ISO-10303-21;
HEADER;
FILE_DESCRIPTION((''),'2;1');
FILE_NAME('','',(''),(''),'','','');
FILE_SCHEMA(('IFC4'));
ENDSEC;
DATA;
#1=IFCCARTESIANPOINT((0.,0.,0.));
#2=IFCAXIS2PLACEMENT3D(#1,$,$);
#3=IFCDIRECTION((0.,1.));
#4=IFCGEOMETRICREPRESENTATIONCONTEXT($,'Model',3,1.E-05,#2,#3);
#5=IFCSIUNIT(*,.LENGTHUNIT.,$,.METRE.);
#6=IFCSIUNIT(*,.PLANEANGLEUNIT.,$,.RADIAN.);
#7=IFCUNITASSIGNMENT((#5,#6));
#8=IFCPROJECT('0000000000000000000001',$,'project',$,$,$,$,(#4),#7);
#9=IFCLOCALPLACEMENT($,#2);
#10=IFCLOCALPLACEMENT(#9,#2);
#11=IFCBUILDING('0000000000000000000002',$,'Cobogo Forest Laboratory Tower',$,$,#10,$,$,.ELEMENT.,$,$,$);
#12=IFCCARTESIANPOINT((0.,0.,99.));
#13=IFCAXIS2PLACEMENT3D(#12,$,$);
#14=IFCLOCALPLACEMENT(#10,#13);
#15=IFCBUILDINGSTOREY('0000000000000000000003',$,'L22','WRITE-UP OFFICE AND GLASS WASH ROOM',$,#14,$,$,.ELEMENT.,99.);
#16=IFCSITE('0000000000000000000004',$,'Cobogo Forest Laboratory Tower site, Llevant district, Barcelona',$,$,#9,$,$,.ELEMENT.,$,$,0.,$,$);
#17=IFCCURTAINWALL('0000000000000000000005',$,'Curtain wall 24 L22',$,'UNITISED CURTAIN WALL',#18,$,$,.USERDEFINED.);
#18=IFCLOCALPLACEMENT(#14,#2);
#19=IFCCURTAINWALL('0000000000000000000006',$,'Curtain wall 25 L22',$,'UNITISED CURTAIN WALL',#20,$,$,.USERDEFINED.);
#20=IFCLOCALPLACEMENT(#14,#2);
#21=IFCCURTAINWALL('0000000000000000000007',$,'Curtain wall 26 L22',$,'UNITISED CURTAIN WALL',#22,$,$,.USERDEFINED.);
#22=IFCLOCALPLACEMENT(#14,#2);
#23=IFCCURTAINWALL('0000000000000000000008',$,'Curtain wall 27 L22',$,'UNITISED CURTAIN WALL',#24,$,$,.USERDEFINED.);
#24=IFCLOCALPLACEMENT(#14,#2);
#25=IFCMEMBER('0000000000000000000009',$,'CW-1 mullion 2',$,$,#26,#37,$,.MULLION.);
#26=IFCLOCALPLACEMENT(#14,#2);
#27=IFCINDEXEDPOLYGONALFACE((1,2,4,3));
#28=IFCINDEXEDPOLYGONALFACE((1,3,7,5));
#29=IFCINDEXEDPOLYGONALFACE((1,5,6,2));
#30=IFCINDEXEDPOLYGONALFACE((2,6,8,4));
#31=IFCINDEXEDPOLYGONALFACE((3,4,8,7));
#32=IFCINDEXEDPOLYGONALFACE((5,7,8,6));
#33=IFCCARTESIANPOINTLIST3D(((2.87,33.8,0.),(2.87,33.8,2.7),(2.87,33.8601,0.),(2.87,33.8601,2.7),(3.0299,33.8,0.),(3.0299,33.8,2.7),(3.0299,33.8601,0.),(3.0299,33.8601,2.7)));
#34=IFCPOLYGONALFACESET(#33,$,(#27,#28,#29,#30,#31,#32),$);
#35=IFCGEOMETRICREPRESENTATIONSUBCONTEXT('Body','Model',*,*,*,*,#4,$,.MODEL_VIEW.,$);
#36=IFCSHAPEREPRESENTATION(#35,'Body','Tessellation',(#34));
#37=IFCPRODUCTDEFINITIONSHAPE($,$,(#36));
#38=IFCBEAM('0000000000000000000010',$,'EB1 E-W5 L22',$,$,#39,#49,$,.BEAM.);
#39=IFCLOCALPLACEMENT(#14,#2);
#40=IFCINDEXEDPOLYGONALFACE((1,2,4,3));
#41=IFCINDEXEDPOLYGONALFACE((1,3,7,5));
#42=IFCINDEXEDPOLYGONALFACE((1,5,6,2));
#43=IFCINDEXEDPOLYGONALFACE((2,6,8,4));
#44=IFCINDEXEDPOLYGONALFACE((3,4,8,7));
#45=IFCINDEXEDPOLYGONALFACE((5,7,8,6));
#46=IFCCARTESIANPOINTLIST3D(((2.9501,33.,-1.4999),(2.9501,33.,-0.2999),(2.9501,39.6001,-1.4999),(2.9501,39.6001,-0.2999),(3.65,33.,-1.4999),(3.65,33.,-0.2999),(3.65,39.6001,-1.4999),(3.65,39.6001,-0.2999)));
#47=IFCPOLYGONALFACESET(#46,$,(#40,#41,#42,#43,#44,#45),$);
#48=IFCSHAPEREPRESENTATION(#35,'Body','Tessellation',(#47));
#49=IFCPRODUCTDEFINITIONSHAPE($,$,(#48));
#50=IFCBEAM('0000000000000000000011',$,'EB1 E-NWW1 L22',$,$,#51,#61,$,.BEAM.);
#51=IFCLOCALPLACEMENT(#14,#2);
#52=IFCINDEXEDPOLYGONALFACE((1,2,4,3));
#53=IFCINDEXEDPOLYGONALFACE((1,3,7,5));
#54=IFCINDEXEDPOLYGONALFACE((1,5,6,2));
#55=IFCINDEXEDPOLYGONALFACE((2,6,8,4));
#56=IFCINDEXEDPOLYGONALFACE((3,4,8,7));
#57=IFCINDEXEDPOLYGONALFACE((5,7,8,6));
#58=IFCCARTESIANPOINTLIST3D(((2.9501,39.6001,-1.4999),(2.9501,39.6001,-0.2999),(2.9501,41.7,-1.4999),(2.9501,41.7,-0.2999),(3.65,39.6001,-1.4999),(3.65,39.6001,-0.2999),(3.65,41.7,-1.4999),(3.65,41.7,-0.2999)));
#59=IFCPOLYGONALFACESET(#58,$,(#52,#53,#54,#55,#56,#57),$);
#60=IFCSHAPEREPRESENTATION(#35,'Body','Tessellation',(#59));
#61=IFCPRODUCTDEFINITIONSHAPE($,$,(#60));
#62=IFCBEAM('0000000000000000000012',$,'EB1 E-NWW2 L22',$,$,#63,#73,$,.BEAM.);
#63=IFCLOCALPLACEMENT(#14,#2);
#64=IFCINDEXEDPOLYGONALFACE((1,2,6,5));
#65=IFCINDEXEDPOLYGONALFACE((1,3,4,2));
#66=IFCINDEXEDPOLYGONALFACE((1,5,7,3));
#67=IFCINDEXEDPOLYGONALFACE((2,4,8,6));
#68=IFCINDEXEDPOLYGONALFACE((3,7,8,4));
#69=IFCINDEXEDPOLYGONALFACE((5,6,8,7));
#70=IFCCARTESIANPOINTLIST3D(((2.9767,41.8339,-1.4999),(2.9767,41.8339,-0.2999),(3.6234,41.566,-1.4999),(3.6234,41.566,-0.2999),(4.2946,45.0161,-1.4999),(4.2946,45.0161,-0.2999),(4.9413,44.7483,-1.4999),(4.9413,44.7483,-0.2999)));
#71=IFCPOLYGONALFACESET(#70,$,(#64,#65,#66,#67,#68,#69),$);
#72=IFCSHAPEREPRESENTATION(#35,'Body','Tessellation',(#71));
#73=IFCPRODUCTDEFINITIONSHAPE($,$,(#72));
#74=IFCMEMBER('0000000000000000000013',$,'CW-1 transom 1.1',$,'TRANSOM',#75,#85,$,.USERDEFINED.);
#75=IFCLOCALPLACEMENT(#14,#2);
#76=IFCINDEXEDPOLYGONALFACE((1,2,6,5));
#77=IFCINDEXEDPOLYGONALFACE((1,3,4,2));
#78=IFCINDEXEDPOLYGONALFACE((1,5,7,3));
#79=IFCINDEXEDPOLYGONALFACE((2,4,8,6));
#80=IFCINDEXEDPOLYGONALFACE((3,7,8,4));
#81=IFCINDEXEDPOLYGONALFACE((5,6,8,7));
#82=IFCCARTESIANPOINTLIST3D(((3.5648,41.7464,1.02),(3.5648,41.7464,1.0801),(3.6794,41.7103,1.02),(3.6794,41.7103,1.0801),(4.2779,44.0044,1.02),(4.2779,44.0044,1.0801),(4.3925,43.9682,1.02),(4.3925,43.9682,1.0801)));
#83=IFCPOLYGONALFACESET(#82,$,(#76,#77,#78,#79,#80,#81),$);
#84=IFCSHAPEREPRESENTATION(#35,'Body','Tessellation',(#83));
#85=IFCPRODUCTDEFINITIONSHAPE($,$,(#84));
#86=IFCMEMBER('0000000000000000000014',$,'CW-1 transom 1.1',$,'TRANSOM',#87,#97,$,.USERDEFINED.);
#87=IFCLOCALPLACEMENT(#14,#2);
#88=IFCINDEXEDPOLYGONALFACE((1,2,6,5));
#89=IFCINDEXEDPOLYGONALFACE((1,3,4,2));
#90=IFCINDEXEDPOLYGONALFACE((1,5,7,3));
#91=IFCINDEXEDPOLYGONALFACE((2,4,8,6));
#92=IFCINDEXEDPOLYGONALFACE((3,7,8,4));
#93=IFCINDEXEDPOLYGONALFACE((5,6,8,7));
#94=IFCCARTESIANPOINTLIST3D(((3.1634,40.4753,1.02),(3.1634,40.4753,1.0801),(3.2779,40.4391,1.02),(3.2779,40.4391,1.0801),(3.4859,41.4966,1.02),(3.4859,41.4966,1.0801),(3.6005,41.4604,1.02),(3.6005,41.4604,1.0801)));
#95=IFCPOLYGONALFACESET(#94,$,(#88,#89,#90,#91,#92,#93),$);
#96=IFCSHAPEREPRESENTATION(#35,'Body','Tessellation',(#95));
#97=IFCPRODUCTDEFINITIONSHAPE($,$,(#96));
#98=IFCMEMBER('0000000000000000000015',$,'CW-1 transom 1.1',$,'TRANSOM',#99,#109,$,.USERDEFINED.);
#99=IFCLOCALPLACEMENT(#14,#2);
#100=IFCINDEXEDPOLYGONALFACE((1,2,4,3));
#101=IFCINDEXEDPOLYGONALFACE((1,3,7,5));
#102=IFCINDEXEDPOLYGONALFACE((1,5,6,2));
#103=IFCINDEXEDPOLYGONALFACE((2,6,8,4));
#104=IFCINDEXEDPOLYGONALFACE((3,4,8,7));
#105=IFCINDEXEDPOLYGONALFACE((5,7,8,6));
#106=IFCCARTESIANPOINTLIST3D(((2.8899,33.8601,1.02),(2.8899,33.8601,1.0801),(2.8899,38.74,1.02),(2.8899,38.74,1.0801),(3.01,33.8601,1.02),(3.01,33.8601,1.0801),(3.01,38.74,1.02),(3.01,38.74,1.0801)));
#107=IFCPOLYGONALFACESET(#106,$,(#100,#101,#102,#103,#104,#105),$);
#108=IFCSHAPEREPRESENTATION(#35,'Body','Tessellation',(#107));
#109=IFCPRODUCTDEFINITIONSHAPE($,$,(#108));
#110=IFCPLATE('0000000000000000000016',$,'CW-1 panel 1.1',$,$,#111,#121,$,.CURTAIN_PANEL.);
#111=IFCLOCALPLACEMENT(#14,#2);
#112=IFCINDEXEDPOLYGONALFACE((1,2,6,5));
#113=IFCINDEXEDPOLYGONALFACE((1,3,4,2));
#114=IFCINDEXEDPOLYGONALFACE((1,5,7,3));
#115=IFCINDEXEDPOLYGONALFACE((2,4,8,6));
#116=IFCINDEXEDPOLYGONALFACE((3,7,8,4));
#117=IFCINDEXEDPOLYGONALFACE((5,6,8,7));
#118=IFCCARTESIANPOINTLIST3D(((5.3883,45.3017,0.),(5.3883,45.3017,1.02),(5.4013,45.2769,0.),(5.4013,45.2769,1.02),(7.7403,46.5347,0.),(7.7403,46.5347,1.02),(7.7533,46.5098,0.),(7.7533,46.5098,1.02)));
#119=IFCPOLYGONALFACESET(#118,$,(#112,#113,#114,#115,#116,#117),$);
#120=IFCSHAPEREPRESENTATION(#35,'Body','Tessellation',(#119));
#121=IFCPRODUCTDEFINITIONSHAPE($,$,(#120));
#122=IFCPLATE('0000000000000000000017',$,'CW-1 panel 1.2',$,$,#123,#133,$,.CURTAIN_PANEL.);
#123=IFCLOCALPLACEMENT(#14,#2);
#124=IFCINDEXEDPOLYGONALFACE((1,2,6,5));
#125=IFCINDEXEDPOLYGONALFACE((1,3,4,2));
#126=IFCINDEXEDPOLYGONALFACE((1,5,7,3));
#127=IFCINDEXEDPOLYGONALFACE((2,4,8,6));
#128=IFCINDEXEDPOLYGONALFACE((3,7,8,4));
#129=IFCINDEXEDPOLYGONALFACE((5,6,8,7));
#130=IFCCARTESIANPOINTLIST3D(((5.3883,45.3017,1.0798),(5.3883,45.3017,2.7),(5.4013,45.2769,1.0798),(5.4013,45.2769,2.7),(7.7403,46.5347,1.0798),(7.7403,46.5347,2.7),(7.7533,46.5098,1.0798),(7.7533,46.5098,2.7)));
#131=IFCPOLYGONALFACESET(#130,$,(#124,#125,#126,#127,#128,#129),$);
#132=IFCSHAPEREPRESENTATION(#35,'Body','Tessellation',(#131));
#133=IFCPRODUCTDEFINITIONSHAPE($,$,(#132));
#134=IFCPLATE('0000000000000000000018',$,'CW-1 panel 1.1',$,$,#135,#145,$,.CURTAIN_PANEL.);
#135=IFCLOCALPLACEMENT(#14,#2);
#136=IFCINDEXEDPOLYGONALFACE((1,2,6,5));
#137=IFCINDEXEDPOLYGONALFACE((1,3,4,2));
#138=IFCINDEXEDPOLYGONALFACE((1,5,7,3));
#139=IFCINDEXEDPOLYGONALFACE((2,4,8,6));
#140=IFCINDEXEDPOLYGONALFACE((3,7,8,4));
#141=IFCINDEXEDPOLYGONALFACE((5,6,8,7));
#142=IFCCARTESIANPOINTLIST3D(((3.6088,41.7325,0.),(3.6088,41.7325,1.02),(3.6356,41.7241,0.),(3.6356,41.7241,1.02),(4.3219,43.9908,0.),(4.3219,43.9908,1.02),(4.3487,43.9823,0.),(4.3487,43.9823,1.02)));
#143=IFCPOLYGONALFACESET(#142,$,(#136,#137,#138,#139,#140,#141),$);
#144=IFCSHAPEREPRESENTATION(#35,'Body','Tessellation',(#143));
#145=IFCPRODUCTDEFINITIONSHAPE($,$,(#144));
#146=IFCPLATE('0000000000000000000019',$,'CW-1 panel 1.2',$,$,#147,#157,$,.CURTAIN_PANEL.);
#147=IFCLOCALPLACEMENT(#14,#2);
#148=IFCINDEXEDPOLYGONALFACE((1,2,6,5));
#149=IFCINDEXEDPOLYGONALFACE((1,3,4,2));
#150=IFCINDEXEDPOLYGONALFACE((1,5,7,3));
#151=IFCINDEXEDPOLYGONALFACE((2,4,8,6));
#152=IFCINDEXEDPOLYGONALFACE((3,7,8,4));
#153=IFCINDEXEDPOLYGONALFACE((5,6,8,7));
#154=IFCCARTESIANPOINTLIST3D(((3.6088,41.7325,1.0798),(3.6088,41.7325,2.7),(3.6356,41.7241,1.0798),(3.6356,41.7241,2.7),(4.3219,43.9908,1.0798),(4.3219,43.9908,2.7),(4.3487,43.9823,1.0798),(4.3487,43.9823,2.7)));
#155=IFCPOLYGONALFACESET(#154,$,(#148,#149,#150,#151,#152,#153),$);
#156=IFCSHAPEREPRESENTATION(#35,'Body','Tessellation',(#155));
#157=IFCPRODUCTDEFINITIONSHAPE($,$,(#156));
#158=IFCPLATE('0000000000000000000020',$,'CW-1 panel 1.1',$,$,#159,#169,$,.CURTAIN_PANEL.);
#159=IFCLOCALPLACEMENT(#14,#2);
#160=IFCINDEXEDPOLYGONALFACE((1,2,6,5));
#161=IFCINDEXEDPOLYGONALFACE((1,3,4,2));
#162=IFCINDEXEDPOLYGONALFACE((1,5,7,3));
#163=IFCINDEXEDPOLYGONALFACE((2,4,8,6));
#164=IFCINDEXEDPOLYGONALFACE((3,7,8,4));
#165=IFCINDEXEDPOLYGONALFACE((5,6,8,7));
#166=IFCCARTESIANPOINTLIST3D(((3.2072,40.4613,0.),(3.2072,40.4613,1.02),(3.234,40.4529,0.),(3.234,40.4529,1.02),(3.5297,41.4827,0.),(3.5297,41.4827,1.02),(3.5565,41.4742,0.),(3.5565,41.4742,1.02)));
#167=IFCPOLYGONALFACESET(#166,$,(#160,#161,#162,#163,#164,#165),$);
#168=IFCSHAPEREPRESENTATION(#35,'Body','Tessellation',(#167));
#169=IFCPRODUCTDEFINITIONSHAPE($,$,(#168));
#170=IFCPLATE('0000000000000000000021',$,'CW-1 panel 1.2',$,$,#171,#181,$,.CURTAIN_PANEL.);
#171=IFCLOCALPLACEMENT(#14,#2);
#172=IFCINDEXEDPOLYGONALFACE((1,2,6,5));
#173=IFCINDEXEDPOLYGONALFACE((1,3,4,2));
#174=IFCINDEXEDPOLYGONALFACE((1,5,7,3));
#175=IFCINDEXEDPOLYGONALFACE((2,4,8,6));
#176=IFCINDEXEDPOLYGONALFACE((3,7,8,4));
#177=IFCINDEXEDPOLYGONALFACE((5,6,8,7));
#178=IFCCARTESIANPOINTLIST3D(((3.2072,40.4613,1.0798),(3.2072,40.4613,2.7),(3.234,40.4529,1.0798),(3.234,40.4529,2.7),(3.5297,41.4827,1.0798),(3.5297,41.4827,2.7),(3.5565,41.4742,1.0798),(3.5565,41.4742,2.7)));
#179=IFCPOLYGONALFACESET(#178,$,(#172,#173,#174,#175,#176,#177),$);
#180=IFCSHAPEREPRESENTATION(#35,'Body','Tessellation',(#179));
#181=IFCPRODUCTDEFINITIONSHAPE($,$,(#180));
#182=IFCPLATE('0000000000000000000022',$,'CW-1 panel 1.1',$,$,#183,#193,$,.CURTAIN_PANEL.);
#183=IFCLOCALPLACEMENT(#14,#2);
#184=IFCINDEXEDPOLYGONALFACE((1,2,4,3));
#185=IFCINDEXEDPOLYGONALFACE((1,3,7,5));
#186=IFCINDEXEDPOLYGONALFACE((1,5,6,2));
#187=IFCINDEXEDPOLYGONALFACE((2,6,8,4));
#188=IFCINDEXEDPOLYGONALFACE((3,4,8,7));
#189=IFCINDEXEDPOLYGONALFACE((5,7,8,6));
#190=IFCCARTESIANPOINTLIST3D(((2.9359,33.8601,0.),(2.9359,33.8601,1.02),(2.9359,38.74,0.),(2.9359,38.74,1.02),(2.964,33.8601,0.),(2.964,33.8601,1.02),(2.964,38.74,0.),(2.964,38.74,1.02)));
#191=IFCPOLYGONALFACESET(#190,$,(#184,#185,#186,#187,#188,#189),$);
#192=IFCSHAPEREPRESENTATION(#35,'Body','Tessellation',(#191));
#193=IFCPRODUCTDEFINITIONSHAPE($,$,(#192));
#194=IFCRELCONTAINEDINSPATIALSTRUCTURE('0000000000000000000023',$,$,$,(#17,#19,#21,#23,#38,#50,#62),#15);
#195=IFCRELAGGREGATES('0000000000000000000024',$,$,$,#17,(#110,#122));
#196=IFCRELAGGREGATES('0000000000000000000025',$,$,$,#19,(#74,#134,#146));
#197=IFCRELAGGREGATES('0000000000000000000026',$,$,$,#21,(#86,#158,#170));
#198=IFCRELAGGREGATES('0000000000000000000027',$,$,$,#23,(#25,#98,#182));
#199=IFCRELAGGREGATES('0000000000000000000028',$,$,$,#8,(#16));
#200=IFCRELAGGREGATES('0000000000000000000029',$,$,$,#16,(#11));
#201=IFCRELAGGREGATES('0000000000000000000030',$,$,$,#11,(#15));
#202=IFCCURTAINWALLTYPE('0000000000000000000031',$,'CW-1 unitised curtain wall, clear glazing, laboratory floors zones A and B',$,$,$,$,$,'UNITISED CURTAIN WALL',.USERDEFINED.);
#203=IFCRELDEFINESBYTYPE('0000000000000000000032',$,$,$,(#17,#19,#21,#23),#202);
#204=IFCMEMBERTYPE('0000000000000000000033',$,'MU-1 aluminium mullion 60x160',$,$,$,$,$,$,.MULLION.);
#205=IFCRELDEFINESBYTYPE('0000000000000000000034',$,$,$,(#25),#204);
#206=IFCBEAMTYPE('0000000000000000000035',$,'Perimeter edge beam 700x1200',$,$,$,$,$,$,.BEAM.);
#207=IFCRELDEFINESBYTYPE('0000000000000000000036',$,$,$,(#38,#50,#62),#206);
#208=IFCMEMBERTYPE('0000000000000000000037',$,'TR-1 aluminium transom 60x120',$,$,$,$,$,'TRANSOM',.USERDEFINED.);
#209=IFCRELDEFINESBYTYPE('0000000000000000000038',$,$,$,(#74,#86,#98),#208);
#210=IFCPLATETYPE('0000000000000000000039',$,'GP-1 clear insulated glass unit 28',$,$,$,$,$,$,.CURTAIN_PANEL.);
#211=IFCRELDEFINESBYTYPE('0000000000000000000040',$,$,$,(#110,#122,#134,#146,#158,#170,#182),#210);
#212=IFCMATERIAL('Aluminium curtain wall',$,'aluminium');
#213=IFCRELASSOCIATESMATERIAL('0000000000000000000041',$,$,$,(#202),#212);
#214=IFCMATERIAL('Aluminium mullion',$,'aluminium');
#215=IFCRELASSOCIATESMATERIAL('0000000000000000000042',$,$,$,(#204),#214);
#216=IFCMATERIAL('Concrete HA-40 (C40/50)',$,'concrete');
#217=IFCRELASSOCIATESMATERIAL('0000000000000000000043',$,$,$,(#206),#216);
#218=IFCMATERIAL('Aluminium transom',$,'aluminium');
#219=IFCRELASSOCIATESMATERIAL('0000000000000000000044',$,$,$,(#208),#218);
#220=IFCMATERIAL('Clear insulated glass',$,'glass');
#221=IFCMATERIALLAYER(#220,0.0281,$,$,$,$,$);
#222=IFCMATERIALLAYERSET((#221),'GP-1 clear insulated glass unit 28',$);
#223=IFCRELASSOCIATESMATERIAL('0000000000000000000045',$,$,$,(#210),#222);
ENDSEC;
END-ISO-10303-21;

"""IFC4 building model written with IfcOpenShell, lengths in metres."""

from ifc_helpers import new_model, si_unit, direction, frame, origin, origin_2d, place, context, subcontext, project, spatial, rectangle, extrude, material, layer, layer_set, material_profile, profile_set, type_object, element, aggregate, save


model = new_model("IFC4")

# Units and contexts
model_context = context("Model", 3, precision=1e-05, world=origin(), true_north=direction((0.0, 1.0)))
body_context = subcontext(model_context, "Body", "Model", "MODEL_VIEW")
ifc_project = project(units=[si_unit("LENGTHUNIT", "METRE"), si_unit("PLANEANGLEUNIT", "RADIAN")], contexts=[model_context])

# Site, building, storey
site_placement = place(None, origin())
site = spatial("IfcSite", under=ifc_project, at=site_placement, Name="Cobogo Forest Laboratory Tower site, Llevant district, Barcelona", CompositionType="ELEMENT", RefElevation=0.0)
building_placement = place(site_placement, origin())
building = spatial("IfcBuilding", under=site, at=building_placement, Name="Cobogo Forest Laboratory Tower", CompositionType="ELEMENT")
storey_placement = place(building_placement, frame((0.0, 0.0, 99.0)))
storey = spatial("IfcBuildingStorey", under=building, at=storey_placement, Name="L22", Description="WRITE-UP OFFICE AND GLASS WASH ROOM", CompositionType="ELEMENT", Elevation=99.0)

# Shared definitions
ifc_material_1 = material(Name="Concrete HA-40 (C40/50)", Category="concrete")

# Curtain wall
ifc_material_2 = material(Name="Aluminium curtain wall", Category="aluminium")
curtain_wall_type = type_object("IfcCurtainWallType", Name="CW-1 unitised curtain wall, clear glazing, laboratory floors zones A and B", ElementType="UNITISED CURTAIN WALL", PredefinedType="USERDEFINED", material=ifc_material_2)
curtain_wall_1_placement = place(storey_placement, origin())
curtain_wall_1 = element("IfcCurtainWall", 1, at=curtain_wall_1_placement, inside=storey, type_object=curtain_wall_type, Name="Curtain wall 24 L22", ObjectType="UNITISED CURTAIN WALL", PredefinedType="USERDEFINED")
ifc_material_3 = material(Name="Aluminium mullion", Category="aluminium")
ifc_material_profile_1 = material_profile(ifc_material_3, rectangle(XDim=0.0601, YDim=0.1599, at=origin_2d()), Name="AL 60x160")
ifc_profile_set_1 = profile_set([ifc_material_profile_1], Name="Aluminium mullion")
member_type_1 = type_object("IfcMemberType", Name="MU-1 aluminium mullion 60x160", PredefinedType="MULLION", material=ifc_profile_set_1)

# Curtain walls, member
curtain_wall_2_placement = place(storey_placement, origin())
curtain_wall_2 = element("IfcCurtainWall", 2, at=curtain_wall_2_placement, inside=storey, type_object=curtain_wall_type, Name="Curtain wall 25 L22", ObjectType="UNITISED CURTAIN WALL", PredefinedType="USERDEFINED")
curtain_wall_3_placement = place(storey_placement, origin())
curtain_wall_3 = element("IfcCurtainWall", 3, at=curtain_wall_3_placement, inside=storey, type_object=curtain_wall_type, Name="Curtain wall 26 L22", ObjectType="UNITISED CURTAIN WALL", PredefinedType="USERDEFINED")
curtain_wall_4_placement = place(storey_placement, origin())
curtain_wall_4 = element("IfcCurtainWall", 4, at=curtain_wall_4_placement, inside=storey, type_object=curtain_wall_type, Name="Curtain wall 27 L22", ObjectType="UNITISED CURTAIN WALL", PredefinedType="USERDEFINED")
member_1_placement = place(storey_placement, frame((2.95, 33.8301, 0.0), z_axis=(0.0, 0.0, 1.0), x_axis=(0.0, -1.0, 0.0)))
member_1 = element("IfcMember", 5, at=member_1_placement, type_object=member_type_1, Name="CW-1 mullion 2", PredefinedType="MULLION", context=body_context, shape_type="SweptSolid", body=[
    extrude(rectangle(XDim=0.0601, YDim=0.1599, at=origin_2d()), origin(), (0.0, 0.0, 1.0), 2.7),
])

# Beams
ifc_material_profile_2 = material_profile(ifc_material_1, rectangle(XDim=0.7, YDim=1.2, at=origin_2d()), Name="RC 700x1200")
ifc_profile_set_2 = profile_set([ifc_material_profile_2], Name="Concrete HA-40 (C40/50)")
beam_type_1 = type_object("IfcBeamType", Name="Perimeter edge beam 700x1200", PredefinedType="BEAM", material=ifc_profile_set_2)
beam_1_placement = place(storey_placement, frame((3.3, 33.0, -0.8999), z_axis=(0.0, 1.0, 0.0), x_axis=(-1.0, 0.0, 0.0)))
element("IfcBeam", 6, at=beam_1_placement, inside=storey, type_object=beam_type_1, Name="EB1 E-W5 L22", PredefinedType="BEAM", context=body_context, shape_type="SweptSolid", body=[
    extrude(rectangle(XDim=0.7, YDim=1.2, at=origin_2d()), origin(), (0.0, 0.0, 1.0), 6.6001),
])
beam_2_placement = place(storey_placement, frame((3.3, 39.6001, -0.8999), z_axis=(0.0, 1.0, 0.0), x_axis=(-1.0, 0.0, 0.0)))
element("IfcBeam", 7, at=beam_2_placement, inside=storey, type_object=beam_type_1, Name="EB1 E-NWW1 L22", PredefinedType="BEAM", context=body_context, shape_type="SweptSolid", body=[
    extrude(rectangle(XDim=0.7, YDim=1.2, at=origin_2d()), origin(), (0.0, 0.0, 1.0), 2.0999),
])
beam_3_placement = place(storey_placement, frame((3.3, 41.7, -0.8999), z_axis=(0.382631, 0.923901, 0.0), x_axis=(-0.923901, 0.382631, 0.0)))
element("IfcBeam", 8, at=beam_3_placement, inside=storey, type_object=beam_type_1, Name="EB1 E-NWW2 L22", PredefinedType="BEAM", context=body_context, shape_type="SweptSolid", body=[
    extrude(rectangle(XDim=0.7, YDim=1.2, at=origin_2d()), origin(), (0.0, 0.0, 1.0), 3.4443),
])

# Members
ifc_material_4 = material(Name="Aluminium transom", Category="aluminium")
ifc_material_profile_3 = material_profile(ifc_material_4, rectangle(XDim=0.1201, YDim=0.0601, at=origin_2d()), Name="AL 60x120")
ifc_profile_set_3 = profile_set([ifc_material_profile_3], Name="Aluminium transom")
member_type_2 = type_object("IfcMemberType", Name="TR-1 aluminium transom 60x120", ElementType="TRANSOM", PredefinedType="USERDEFINED", material=ifc_profile_set_3)
member_2_placement = place(storey_placement, frame((4.3352, 43.9863, 1.05), z_axis=(-0.301156, -0.953575, 0.0), x_axis=(0.953575, -0.301156, 0.0)))
member_2 = element("IfcMember", 9, at=member_2_placement, type_object=member_type_2, Name="CW-1 transom 1.1", ObjectType="TRANSOM", PredefinedType="USERDEFINED", context=body_context, shape_type="SweptSolid", body=[
    extrude(rectangle(XDim=0.1201, YDim=0.0601, at=origin_2d()), origin(), (0.0, 0.0, 1.0), 2.3679),
])
member_3_placement = place(storey_placement, frame((3.5432, 41.4785, 1.05), z_axis=(-0.301142, -0.953579, 0.0), x_axis=(0.953579, -0.301142, 0.0)))
member_3 = element("IfcMember", 10, at=member_3_placement, type_object=member_type_2, Name="CW-1 transom 1.1", ObjectType="TRANSOM", PredefinedType="USERDEFINED", context=body_context, shape_type="SweptSolid", body=[
    extrude(rectangle(XDim=0.1201, YDim=0.0601, at=origin_2d()), origin(), (0.0, 0.0, 1.0), 1.071),
])
member_4_placement = place(storey_placement, frame((2.95, 38.74, 1.05), z_axis=(0.0, -1.0, 0.0), x_axis=(1.0, 0.0, 0.0)))
member_4 = element("IfcMember", 11, at=member_4_placement, type_object=member_type_2, Name="CW-1 transom 1.1", ObjectType="TRANSOM", PredefinedType="USERDEFINED", context=body_context, shape_type="SweptSolid", body=[
    extrude(rectangle(XDim=0.1201, YDim=0.0601, at=origin_2d()), origin(), (0.0, 0.0, 1.0), 4.8799),
])

# Plates
ifc_material_5 = material(Name="Clear insulated glass", Category="glass")
ifc_layer_1 = layer(ifc_material_5, 0.0281)
ifc_layer_set_1 = layer_set([ifc_layer_1], Name="GP-1 clear insulated glass unit 28")
plate_type_1 = type_object("IfcPlateType", Name="GP-1 clear insulated glass unit 28", PredefinedType="CURTAIN_PANEL", material=ifc_layer_set_1)
plate_1_placement = place(storey_placement, frame((6.5708, 45.9058, 0.0), z_axis=(0.0, 0.0, 1.0), x_axis=(-0.885687, -0.464284, 0.0)))
plate_1 = element("IfcPlate", 12, at=plate_1_placement, type_object=plate_type_1, Name="CW-1 panel 1.1", PredefinedType="CURTAIN_PANEL", context=body_context, shape_type="SweptSolid", body=[
    extrude(rectangle(XDim=2.6555, YDim=0.0281, at=origin_2d()), origin(), (0.0, 0.0, 1.0), 1.02),
])
plate_2_placement = place(storey_placement, frame((6.5708, 45.9058, 1.0798), z_axis=(0.0, 0.0, 1.0), x_axis=(-0.885687, -0.464284, 0.0)))
plate_2 = element("IfcPlate", 13, at=plate_2_placement, type_object=plate_type_1, Name="CW-1 panel 1.2", PredefinedType="CURTAIN_PANEL", context=body_context, shape_type="SweptSolid", body=[
    extrude(rectangle(XDim=2.6555, YDim=0.0281, at=origin_2d()), origin(), (0.0, 0.0, 1.0), 1.6201),
])
aggregate(curtain_wall_1, [plate_1, plate_2])
plate_3_placement = place(storey_placement, frame((3.9788, 42.8574, 0.0), z_axis=(0.0, 0.0, 1.0), x_axis=(-0.301135, -0.953581, 0.0)))
plate_3 = element("IfcPlate", 14, at=plate_3_placement, type_object=plate_type_1, Name="CW-1 panel 1.1", PredefinedType="CURTAIN_PANEL", context=body_context, shape_type="SweptSolid", body=[
    extrude(rectangle(XDim=2.3682, YDim=0.0281, at=origin_2d()), origin(), (0.0, 0.0, 1.0), 1.02),
])
plate_4_placement = place(storey_placement, frame((3.9788, 42.8574, 1.0798), z_axis=(0.0, 0.0, 1.0), x_axis=(-0.301135, -0.953581, 0.0)))
plate_4 = element("IfcPlate", 15, at=plate_4_placement, type_object=plate_type_1, Name="CW-1 panel 1.2", PredefinedType="CURTAIN_PANEL", context=body_context, shape_type="SweptSolid", body=[
    extrude(rectangle(XDim=2.3682, YDim=0.0281, at=origin_2d()), origin(), (0.0, 0.0, 1.0), 1.6201),
])
aggregate(curtain_wall_2, [member_2, plate_3, plate_4])
plate_5_placement = place(storey_placement, frame((3.3818, 40.9678, 0.0), z_axis=(0.0, 0.0, 1.0), x_axis=(-0.301136, -0.953581, 0.0)))
plate_5 = element("IfcPlate", 16, at=plate_5_placement, type_object=plate_type_1, Name="CW-1 panel 1.1", PredefinedType="CURTAIN_PANEL", context=body_context, shape_type="SweptSolid", body=[
    extrude(rectangle(XDim=1.071, YDim=0.0281, at=origin_2d()), origin(), (0.0, 0.0, 1.0), 1.02),
])
plate_6_placement = place(storey_placement, frame((3.3818, 40.9678, 1.0798), z_axis=(0.0, 0.0, 1.0), x_axis=(-0.301136, -0.953581, 0.0)))
plate_6 = element("IfcPlate", 17, at=plate_6_placement, type_object=plate_type_1, Name="CW-1 panel 1.2", PredefinedType="CURTAIN_PANEL", context=body_context, shape_type="SweptSolid", body=[
    extrude(rectangle(XDim=1.071, YDim=0.0281, at=origin_2d()), origin(), (0.0, 0.0, 1.0), 1.6201),
])
aggregate(curtain_wall_3, [member_3, plate_5, plate_6])
plate_7_placement = place(storey_placement, frame((2.95, 36.3, 0.0), z_axis=(0.0, 0.0, 1.0), x_axis=(0.0, -1.0, 0.0)))
plate_7 = element("IfcPlate", 18, at=plate_7_placement, type_object=plate_type_1, Name="CW-1 panel 1.1", PredefinedType="CURTAIN_PANEL", context=body_context, shape_type="SweptSolid", body=[
    extrude(rectangle(XDim=4.8799, YDim=0.0281, at=origin_2d()), origin(), (0.0, 0.0, 1.0), 1.02),
])
aggregate(curtain_wall_4, [member_1, member_4, plate_7])

save(model, "model.ifc")
